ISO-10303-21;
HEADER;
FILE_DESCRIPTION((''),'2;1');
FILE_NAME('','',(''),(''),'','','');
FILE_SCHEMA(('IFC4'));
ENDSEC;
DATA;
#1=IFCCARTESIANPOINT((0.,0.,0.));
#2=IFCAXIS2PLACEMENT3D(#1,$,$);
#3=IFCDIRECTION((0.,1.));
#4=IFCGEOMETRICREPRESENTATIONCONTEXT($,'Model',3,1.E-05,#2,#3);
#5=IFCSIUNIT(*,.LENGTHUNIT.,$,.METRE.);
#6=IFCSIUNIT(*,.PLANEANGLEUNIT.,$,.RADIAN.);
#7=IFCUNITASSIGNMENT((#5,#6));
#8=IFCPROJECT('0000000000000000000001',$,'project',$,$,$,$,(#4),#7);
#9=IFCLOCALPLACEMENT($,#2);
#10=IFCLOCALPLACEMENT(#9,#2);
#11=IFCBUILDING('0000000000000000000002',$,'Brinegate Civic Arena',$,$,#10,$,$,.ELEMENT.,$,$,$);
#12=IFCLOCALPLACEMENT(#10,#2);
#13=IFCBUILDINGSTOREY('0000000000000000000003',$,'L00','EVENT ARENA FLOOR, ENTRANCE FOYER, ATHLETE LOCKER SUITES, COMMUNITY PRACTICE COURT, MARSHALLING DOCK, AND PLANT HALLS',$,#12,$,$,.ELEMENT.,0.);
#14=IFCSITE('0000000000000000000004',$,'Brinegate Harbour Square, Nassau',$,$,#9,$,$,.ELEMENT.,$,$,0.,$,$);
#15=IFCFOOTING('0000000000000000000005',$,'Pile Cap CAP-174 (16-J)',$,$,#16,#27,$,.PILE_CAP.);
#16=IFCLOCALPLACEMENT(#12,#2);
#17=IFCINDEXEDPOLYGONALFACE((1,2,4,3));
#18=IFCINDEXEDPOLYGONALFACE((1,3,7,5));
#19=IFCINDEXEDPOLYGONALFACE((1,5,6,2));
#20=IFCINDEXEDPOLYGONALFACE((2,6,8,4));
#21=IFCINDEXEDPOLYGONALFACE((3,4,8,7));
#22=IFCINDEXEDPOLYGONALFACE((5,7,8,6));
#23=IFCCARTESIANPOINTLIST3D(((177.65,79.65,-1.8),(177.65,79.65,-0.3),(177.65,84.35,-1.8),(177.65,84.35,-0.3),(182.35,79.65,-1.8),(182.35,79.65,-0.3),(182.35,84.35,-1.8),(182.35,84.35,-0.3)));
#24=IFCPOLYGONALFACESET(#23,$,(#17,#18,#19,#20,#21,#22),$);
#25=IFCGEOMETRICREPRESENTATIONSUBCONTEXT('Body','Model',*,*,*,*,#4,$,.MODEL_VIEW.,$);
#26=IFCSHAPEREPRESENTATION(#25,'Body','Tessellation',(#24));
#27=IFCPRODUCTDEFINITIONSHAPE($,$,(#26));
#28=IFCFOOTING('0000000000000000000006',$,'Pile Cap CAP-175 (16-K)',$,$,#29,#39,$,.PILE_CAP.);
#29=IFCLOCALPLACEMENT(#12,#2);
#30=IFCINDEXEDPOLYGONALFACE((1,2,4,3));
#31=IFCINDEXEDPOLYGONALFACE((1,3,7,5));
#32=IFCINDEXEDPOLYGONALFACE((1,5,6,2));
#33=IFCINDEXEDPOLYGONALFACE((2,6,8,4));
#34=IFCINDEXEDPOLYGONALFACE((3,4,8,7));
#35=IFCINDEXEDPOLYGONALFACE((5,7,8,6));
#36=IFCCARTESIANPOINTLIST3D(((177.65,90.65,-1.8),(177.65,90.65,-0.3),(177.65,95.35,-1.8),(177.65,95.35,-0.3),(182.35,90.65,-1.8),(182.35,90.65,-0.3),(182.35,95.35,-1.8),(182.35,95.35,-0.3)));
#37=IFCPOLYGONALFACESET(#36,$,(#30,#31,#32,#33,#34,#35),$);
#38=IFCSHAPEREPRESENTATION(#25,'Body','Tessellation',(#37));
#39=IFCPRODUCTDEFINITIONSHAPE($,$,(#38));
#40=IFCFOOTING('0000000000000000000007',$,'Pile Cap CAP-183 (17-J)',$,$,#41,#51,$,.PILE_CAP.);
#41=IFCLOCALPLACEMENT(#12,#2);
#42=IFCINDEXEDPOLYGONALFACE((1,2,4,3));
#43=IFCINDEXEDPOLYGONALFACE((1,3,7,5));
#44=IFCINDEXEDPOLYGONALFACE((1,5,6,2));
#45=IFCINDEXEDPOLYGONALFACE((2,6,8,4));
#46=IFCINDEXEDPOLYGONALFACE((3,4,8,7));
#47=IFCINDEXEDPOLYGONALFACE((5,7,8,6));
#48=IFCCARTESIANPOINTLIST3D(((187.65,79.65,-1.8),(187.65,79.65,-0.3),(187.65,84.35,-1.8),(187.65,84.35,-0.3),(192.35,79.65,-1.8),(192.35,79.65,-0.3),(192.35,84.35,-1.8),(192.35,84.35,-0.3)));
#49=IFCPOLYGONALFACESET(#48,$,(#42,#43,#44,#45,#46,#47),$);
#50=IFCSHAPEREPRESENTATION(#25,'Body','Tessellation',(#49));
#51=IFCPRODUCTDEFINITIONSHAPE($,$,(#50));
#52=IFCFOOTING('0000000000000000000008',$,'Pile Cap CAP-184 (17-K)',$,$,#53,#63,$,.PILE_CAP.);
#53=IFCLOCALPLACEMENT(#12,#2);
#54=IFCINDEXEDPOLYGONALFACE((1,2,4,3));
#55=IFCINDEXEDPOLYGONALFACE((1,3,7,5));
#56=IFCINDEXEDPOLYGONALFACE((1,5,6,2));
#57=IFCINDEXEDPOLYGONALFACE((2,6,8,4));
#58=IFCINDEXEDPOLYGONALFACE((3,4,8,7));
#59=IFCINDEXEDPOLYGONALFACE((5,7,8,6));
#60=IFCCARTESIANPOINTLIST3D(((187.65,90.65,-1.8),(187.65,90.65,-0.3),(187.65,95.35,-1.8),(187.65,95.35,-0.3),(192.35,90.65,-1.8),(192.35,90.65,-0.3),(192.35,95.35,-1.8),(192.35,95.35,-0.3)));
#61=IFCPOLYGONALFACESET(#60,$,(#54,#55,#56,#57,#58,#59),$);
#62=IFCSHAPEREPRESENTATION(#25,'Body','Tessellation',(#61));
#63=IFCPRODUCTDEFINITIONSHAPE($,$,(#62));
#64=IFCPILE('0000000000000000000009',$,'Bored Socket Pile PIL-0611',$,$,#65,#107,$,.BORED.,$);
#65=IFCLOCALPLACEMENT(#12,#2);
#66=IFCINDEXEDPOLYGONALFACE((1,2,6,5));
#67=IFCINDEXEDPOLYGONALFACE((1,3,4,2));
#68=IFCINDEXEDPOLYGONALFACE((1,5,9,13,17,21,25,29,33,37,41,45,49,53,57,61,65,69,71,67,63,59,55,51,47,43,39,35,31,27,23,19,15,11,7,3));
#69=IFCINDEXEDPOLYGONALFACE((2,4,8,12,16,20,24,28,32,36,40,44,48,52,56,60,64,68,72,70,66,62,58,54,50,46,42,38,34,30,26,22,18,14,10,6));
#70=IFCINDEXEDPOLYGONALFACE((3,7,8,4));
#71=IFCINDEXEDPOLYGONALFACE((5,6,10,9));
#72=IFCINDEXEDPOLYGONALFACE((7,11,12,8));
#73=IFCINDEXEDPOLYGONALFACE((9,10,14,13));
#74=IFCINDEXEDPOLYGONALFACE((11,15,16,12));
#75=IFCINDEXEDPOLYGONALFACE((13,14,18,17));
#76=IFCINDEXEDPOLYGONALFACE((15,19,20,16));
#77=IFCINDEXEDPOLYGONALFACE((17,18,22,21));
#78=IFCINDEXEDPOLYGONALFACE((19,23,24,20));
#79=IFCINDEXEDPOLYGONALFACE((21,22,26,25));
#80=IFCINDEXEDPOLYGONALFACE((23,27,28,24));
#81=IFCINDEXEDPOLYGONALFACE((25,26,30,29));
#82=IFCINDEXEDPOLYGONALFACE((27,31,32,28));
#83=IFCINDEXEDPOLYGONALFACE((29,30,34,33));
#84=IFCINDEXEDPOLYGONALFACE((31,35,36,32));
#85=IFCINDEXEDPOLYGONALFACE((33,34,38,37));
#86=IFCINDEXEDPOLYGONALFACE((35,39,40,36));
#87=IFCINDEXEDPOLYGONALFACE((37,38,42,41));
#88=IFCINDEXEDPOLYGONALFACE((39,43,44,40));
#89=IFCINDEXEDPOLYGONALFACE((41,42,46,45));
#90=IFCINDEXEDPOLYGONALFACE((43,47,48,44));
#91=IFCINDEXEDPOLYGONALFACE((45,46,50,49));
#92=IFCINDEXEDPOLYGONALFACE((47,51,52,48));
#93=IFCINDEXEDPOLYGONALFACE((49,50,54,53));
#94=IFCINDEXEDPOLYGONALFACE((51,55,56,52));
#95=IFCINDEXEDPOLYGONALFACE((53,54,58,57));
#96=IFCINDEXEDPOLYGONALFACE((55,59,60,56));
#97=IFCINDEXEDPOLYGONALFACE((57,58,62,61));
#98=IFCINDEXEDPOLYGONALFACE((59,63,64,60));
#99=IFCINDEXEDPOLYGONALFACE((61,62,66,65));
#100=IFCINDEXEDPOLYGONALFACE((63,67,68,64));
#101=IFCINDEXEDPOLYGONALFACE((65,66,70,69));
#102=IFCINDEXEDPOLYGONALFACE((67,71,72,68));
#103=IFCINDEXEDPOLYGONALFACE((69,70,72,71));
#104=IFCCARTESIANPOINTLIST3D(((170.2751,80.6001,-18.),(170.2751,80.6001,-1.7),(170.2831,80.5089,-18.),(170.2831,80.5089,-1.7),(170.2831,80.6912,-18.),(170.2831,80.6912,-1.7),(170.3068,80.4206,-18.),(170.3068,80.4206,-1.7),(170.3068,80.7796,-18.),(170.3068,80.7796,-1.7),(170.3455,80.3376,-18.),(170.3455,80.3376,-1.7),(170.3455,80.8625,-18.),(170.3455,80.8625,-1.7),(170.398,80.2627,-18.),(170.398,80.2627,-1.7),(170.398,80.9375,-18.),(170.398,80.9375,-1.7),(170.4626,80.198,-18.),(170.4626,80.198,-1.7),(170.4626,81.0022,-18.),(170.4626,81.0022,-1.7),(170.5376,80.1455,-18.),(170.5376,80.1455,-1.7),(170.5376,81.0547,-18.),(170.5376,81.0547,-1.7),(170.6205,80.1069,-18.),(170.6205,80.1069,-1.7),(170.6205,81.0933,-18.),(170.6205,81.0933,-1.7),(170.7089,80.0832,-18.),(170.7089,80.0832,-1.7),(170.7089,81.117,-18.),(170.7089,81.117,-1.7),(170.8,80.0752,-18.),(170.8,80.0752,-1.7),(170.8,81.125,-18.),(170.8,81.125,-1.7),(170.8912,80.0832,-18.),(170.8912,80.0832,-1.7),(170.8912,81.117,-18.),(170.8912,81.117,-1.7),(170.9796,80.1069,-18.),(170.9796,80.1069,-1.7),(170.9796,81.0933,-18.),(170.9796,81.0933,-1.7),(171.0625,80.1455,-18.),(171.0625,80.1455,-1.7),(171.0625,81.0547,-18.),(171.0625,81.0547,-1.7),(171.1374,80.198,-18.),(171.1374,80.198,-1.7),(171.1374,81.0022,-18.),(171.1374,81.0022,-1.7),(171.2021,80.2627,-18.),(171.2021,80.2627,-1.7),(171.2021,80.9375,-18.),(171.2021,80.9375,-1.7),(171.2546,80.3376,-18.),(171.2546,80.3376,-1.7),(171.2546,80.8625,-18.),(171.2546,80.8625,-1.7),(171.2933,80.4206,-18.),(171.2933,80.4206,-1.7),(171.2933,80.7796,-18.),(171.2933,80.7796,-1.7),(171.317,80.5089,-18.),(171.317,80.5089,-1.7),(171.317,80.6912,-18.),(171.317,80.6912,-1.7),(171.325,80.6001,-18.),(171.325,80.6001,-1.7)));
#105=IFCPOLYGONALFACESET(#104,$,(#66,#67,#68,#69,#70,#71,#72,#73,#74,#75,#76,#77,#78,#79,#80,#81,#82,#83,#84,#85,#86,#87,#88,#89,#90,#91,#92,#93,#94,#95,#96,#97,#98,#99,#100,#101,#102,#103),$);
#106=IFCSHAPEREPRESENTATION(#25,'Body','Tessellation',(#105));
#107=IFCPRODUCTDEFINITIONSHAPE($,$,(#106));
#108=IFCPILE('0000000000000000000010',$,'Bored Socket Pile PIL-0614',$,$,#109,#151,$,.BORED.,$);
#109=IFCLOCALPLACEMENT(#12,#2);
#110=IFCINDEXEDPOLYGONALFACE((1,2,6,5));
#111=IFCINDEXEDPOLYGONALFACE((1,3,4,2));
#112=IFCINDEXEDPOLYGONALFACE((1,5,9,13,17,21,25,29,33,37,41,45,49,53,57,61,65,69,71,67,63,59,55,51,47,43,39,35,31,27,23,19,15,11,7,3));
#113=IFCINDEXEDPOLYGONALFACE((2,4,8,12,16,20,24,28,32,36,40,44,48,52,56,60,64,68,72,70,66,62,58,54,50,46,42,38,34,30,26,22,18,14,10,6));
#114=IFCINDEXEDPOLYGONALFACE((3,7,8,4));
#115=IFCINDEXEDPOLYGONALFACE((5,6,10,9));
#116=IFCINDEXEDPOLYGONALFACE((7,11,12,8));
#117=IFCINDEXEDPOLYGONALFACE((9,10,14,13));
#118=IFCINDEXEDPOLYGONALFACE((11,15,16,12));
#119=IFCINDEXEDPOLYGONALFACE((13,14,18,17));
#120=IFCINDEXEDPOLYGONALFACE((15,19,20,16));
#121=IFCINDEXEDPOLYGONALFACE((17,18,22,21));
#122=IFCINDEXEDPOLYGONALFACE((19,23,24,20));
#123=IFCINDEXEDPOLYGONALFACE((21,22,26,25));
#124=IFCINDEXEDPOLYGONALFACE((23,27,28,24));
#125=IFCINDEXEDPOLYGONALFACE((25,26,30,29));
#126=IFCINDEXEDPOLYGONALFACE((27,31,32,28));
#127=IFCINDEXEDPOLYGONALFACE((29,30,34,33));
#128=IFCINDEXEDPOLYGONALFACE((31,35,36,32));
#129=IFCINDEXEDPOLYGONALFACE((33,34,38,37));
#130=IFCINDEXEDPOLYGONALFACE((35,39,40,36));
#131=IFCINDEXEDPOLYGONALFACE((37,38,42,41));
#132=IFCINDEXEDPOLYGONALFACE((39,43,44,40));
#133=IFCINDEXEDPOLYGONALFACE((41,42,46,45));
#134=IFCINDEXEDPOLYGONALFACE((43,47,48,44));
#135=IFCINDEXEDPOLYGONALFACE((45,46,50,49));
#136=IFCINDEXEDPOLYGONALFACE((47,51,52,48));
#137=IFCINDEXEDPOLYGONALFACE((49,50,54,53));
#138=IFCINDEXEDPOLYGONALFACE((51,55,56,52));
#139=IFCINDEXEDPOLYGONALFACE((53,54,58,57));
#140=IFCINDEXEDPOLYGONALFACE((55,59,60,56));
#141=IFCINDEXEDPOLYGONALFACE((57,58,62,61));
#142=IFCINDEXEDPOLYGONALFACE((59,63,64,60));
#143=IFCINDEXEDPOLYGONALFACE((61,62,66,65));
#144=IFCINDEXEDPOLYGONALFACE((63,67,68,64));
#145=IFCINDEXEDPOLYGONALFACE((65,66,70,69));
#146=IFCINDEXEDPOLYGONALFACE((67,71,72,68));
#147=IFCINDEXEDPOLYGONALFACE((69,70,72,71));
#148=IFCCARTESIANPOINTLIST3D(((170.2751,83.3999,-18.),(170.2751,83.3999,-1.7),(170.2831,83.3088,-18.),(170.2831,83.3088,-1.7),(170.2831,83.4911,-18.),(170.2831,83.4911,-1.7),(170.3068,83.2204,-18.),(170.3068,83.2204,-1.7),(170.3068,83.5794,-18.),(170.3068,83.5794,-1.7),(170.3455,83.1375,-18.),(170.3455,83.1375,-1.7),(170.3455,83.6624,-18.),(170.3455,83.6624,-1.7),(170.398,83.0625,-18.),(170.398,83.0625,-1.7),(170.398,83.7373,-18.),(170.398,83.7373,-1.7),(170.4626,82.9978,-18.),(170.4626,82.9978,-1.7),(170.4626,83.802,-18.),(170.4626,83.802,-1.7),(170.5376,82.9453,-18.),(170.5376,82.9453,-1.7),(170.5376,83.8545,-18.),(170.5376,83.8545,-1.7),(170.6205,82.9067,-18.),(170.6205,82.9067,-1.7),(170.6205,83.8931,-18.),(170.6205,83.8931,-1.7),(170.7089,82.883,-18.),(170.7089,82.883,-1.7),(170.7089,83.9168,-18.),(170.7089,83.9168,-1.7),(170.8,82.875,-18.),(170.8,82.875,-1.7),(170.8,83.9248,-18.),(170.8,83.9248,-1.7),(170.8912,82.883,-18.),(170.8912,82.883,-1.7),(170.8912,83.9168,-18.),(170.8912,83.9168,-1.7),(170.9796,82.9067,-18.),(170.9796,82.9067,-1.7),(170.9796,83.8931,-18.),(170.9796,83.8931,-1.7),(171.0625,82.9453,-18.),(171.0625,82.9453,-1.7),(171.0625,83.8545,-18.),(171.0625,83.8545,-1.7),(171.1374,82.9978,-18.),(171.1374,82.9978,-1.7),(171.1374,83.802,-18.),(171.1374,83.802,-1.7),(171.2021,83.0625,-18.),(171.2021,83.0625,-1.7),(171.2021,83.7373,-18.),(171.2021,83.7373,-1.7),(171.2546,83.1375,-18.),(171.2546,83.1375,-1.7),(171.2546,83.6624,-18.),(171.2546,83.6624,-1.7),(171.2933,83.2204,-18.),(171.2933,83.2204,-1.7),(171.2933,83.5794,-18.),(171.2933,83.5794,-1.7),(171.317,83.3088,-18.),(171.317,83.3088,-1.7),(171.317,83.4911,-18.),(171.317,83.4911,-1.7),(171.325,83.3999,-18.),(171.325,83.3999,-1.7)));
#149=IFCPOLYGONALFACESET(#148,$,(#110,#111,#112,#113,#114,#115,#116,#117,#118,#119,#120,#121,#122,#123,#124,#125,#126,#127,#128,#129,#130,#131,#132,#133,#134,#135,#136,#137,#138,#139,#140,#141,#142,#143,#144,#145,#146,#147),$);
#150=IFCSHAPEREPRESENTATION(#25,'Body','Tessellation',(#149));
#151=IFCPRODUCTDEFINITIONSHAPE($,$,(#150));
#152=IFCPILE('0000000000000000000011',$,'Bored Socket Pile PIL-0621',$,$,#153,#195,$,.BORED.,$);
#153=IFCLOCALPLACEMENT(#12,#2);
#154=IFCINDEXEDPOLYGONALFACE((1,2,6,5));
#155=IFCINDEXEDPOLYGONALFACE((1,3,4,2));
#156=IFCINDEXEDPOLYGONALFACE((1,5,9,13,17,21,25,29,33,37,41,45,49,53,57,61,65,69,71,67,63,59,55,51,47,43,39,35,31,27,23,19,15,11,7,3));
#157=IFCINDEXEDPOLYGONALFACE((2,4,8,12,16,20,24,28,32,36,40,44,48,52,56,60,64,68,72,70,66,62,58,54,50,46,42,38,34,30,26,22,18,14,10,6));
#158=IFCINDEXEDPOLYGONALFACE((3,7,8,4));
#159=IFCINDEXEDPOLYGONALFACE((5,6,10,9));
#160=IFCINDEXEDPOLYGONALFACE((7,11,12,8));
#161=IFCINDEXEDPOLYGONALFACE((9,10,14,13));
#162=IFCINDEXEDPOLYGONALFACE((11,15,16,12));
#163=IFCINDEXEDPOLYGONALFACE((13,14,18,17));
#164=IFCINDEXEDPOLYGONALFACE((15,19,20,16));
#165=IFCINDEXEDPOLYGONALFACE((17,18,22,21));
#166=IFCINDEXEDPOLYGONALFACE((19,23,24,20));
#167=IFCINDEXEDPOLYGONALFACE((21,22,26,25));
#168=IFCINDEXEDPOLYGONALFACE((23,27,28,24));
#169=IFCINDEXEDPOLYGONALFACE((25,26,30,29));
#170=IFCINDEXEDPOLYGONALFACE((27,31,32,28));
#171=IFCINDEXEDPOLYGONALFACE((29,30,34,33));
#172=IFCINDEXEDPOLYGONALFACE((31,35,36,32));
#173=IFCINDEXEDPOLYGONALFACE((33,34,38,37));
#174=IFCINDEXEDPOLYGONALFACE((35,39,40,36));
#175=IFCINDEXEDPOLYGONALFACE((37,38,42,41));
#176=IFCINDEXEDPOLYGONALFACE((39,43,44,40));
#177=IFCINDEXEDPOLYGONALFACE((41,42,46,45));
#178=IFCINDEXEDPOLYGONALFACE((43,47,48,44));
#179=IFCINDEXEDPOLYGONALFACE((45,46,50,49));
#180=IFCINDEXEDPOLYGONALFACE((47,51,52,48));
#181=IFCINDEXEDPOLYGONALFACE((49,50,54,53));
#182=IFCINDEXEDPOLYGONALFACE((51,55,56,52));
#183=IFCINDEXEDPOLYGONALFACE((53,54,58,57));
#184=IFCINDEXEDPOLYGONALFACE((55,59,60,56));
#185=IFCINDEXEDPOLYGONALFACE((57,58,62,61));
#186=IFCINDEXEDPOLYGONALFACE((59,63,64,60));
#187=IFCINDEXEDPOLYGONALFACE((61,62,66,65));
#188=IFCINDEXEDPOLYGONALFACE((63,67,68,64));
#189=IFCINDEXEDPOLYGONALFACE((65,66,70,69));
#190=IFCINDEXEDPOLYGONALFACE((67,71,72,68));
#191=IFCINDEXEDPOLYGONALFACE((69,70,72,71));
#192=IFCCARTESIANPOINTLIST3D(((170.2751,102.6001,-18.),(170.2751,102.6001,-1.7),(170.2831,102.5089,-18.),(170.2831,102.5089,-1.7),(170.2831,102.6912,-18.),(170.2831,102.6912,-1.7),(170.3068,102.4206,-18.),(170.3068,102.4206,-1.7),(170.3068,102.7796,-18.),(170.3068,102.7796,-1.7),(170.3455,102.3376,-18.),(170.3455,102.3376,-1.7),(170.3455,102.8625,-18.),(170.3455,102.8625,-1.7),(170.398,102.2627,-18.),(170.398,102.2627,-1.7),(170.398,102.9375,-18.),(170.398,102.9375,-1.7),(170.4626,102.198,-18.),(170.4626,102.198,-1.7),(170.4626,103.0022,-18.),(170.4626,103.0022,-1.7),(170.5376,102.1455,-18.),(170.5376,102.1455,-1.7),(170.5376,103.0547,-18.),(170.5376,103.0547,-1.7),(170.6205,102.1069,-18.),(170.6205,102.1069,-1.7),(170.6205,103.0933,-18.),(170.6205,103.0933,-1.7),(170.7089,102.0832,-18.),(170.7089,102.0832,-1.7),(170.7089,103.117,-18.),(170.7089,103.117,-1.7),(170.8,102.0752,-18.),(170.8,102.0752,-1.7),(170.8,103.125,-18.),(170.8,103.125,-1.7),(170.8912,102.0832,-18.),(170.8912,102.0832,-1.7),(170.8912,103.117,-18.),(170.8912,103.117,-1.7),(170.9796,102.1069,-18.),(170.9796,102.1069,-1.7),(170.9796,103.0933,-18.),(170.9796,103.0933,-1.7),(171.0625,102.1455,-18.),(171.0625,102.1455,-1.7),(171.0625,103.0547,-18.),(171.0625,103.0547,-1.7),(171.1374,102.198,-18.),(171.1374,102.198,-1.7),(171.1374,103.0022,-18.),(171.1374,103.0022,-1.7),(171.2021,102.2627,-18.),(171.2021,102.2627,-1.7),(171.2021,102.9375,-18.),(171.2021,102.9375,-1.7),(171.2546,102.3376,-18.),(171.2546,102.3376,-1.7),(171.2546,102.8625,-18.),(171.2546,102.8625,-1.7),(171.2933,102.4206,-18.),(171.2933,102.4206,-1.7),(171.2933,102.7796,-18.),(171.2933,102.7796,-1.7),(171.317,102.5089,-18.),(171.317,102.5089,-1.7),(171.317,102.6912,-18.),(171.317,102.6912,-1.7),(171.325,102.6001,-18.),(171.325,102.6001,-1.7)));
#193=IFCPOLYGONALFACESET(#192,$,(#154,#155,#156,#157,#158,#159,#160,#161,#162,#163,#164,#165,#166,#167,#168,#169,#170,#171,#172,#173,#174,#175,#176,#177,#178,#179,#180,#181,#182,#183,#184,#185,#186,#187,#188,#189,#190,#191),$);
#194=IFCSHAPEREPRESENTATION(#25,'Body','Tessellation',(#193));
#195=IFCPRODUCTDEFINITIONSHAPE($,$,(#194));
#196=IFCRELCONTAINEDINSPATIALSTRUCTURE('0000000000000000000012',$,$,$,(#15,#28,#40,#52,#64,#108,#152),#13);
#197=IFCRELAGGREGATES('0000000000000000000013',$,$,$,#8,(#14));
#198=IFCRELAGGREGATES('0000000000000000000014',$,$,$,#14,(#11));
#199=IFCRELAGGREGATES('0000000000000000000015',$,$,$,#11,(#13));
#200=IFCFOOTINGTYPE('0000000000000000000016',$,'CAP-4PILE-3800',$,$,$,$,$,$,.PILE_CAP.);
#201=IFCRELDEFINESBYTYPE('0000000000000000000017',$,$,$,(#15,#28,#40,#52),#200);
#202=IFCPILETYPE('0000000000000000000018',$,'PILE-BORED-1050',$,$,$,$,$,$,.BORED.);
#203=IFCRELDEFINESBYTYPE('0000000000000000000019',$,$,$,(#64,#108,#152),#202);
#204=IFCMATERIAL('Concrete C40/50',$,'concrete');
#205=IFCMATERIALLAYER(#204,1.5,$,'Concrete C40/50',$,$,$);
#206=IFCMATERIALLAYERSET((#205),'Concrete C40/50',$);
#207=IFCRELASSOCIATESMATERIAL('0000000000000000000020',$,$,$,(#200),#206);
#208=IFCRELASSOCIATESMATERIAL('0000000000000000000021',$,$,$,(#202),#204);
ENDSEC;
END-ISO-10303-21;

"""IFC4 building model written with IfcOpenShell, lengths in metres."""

from ifc_helpers import new_model, si_unit, direction, frame, origin, origin_2d, place, context, subcontext, project, spatial, rectangle, circle, extrude, material, layer, layer_set, material_profile, profile_set, type_object, element, save


model = new_model("IFC4")

# Units and contexts
model_context = context("Model", 3, precision=1e-05, world=origin(), true_north=direction((0.0, 1.0)))
body_context = subcontext(model_context, "Body", "Model", "MODEL_VIEW")
ifc_project = project(units=[si_unit("LENGTHUNIT", "METRE"), si_unit("PLANEANGLEUNIT", "RADIAN")], contexts=[model_context])

# Site, building, storey
site_placement = place(None, origin())
site = spatial("IfcSite", under=ifc_project, at=site_placement, Name="Brinegate Harbour Square, Nassau", CompositionType="ELEMENT", RefElevation=0.0)
building_placement = place(site_placement, origin())
building = spatial("IfcBuilding", under=site, at=building_placement, Name="Brinegate Civic Arena", CompositionType="ELEMENT")
storey_placement = place(building_placement, origin())
storey = spatial("IfcBuildingStorey", under=building, at=storey_placement, Name="L00", Description="EVENT ARENA FLOOR, ENTRANCE FOYER, ATHLETE LOCKER SUITES, COMMUNITY PRACTICE COURT, MARSHALLING DOCK, AND PLANT HALLS", CompositionType="ELEMENT", Elevation=0.0)

# Footings
ifc_material_1 = material(Name="Concrete C40/50", Category="concrete")
ifc_layer_1 = layer(ifc_material_1, 1.5, Name="Concrete C40/50")
ifc_layer_set_1 = layer_set([ifc_layer_1], Name="Concrete C40/50")
footing_type_1 = type_object("IfcFootingType", Name="CAP-4PILE-3800", PredefinedType="PILE_CAP", material=ifc_layer_set_1)
for number, where, z_axis, x_axis, name in (
    (1, (180.0, 82.0, -1.8), (0.0, 0.0, 1.0), (1.0, 0.0, 0.0), "Pile Cap CAP-174 (16-J)"),
    (2, (180.0, 93.0, -1.8), (0.0, 0.0, 1.0), (1.0, 0.0, 0.0), "Pile Cap CAP-175 (16-K)"),
    (3, (190.0, 82.0, -1.8), (0.0, 0.0, 1.0), (1.0, 0.0, 0.0), "Pile Cap CAP-183 (17-J)"),
    (4, (190.0, 93.0, -1.8), (0.0, 0.0, 1.0), (1.0, 0.0, 0.0), "Pile Cap CAP-184 (17-K)"),
):
    element("IfcFooting", number, at=place(storey_placement, frame(where, z_axis=z_axis, x_axis=x_axis)), inside=storey, type_object=footing_type_1, Name=name, PredefinedType="PILE_CAP", context=body_context, shape_type="SweptSolid", body=[
        extrude(rectangle(XDim=4.7, YDim=4.7, at=origin_2d()), origin(), (0.0, 0.0, 1.0), 1.5),
    ])

# Piles
ifc_material_profile_1 = material_profile(ifc_material_1, circle(Radius=0.5249, at=origin_2d()), Name="PILED1050")
ifc_profile_set_1 = profile_set([ifc_material_profile_1], Name="Concrete C40/50")
pile_type_1 = type_object("IfcPileType", Name="PILE-BORED-1050", PredefinedType="BORED", material=ifc_profile_set_1)
for number, where, z_axis, x_axis, name in (
    (5, (170.8, 80.6001, -1.7), (0.0, 0.0, -1.0), (1.0, 0.0, 0.0), "Bored Socket Pile PIL-0611"),
    (6, (170.8, 83.3999, -1.7), (0.0, 0.0, -1.0), (1.0, 0.0, 0.0), "Bored Socket Pile PIL-0614"),
    (7, (170.8, 102.6001, -1.7), (0.0, 0.0, -1.0), (1.0, 0.0, 0.0), "Bored Socket Pile PIL-0621"),
):
    element("IfcPile", number, at=place(storey_placement, frame(where, z_axis=z_axis, x_axis=x_axis)), inside=storey, type_object=pile_type_1, Name=name, PredefinedType="BORED", context=body_context, shape_type="SweptSolid", body=[
        extrude(circle(Radius=0.5249, at=origin_2d()), origin(), (0.0, 0.0, 1.0), 16.3),
    ])

save(model, "model.ifc")
